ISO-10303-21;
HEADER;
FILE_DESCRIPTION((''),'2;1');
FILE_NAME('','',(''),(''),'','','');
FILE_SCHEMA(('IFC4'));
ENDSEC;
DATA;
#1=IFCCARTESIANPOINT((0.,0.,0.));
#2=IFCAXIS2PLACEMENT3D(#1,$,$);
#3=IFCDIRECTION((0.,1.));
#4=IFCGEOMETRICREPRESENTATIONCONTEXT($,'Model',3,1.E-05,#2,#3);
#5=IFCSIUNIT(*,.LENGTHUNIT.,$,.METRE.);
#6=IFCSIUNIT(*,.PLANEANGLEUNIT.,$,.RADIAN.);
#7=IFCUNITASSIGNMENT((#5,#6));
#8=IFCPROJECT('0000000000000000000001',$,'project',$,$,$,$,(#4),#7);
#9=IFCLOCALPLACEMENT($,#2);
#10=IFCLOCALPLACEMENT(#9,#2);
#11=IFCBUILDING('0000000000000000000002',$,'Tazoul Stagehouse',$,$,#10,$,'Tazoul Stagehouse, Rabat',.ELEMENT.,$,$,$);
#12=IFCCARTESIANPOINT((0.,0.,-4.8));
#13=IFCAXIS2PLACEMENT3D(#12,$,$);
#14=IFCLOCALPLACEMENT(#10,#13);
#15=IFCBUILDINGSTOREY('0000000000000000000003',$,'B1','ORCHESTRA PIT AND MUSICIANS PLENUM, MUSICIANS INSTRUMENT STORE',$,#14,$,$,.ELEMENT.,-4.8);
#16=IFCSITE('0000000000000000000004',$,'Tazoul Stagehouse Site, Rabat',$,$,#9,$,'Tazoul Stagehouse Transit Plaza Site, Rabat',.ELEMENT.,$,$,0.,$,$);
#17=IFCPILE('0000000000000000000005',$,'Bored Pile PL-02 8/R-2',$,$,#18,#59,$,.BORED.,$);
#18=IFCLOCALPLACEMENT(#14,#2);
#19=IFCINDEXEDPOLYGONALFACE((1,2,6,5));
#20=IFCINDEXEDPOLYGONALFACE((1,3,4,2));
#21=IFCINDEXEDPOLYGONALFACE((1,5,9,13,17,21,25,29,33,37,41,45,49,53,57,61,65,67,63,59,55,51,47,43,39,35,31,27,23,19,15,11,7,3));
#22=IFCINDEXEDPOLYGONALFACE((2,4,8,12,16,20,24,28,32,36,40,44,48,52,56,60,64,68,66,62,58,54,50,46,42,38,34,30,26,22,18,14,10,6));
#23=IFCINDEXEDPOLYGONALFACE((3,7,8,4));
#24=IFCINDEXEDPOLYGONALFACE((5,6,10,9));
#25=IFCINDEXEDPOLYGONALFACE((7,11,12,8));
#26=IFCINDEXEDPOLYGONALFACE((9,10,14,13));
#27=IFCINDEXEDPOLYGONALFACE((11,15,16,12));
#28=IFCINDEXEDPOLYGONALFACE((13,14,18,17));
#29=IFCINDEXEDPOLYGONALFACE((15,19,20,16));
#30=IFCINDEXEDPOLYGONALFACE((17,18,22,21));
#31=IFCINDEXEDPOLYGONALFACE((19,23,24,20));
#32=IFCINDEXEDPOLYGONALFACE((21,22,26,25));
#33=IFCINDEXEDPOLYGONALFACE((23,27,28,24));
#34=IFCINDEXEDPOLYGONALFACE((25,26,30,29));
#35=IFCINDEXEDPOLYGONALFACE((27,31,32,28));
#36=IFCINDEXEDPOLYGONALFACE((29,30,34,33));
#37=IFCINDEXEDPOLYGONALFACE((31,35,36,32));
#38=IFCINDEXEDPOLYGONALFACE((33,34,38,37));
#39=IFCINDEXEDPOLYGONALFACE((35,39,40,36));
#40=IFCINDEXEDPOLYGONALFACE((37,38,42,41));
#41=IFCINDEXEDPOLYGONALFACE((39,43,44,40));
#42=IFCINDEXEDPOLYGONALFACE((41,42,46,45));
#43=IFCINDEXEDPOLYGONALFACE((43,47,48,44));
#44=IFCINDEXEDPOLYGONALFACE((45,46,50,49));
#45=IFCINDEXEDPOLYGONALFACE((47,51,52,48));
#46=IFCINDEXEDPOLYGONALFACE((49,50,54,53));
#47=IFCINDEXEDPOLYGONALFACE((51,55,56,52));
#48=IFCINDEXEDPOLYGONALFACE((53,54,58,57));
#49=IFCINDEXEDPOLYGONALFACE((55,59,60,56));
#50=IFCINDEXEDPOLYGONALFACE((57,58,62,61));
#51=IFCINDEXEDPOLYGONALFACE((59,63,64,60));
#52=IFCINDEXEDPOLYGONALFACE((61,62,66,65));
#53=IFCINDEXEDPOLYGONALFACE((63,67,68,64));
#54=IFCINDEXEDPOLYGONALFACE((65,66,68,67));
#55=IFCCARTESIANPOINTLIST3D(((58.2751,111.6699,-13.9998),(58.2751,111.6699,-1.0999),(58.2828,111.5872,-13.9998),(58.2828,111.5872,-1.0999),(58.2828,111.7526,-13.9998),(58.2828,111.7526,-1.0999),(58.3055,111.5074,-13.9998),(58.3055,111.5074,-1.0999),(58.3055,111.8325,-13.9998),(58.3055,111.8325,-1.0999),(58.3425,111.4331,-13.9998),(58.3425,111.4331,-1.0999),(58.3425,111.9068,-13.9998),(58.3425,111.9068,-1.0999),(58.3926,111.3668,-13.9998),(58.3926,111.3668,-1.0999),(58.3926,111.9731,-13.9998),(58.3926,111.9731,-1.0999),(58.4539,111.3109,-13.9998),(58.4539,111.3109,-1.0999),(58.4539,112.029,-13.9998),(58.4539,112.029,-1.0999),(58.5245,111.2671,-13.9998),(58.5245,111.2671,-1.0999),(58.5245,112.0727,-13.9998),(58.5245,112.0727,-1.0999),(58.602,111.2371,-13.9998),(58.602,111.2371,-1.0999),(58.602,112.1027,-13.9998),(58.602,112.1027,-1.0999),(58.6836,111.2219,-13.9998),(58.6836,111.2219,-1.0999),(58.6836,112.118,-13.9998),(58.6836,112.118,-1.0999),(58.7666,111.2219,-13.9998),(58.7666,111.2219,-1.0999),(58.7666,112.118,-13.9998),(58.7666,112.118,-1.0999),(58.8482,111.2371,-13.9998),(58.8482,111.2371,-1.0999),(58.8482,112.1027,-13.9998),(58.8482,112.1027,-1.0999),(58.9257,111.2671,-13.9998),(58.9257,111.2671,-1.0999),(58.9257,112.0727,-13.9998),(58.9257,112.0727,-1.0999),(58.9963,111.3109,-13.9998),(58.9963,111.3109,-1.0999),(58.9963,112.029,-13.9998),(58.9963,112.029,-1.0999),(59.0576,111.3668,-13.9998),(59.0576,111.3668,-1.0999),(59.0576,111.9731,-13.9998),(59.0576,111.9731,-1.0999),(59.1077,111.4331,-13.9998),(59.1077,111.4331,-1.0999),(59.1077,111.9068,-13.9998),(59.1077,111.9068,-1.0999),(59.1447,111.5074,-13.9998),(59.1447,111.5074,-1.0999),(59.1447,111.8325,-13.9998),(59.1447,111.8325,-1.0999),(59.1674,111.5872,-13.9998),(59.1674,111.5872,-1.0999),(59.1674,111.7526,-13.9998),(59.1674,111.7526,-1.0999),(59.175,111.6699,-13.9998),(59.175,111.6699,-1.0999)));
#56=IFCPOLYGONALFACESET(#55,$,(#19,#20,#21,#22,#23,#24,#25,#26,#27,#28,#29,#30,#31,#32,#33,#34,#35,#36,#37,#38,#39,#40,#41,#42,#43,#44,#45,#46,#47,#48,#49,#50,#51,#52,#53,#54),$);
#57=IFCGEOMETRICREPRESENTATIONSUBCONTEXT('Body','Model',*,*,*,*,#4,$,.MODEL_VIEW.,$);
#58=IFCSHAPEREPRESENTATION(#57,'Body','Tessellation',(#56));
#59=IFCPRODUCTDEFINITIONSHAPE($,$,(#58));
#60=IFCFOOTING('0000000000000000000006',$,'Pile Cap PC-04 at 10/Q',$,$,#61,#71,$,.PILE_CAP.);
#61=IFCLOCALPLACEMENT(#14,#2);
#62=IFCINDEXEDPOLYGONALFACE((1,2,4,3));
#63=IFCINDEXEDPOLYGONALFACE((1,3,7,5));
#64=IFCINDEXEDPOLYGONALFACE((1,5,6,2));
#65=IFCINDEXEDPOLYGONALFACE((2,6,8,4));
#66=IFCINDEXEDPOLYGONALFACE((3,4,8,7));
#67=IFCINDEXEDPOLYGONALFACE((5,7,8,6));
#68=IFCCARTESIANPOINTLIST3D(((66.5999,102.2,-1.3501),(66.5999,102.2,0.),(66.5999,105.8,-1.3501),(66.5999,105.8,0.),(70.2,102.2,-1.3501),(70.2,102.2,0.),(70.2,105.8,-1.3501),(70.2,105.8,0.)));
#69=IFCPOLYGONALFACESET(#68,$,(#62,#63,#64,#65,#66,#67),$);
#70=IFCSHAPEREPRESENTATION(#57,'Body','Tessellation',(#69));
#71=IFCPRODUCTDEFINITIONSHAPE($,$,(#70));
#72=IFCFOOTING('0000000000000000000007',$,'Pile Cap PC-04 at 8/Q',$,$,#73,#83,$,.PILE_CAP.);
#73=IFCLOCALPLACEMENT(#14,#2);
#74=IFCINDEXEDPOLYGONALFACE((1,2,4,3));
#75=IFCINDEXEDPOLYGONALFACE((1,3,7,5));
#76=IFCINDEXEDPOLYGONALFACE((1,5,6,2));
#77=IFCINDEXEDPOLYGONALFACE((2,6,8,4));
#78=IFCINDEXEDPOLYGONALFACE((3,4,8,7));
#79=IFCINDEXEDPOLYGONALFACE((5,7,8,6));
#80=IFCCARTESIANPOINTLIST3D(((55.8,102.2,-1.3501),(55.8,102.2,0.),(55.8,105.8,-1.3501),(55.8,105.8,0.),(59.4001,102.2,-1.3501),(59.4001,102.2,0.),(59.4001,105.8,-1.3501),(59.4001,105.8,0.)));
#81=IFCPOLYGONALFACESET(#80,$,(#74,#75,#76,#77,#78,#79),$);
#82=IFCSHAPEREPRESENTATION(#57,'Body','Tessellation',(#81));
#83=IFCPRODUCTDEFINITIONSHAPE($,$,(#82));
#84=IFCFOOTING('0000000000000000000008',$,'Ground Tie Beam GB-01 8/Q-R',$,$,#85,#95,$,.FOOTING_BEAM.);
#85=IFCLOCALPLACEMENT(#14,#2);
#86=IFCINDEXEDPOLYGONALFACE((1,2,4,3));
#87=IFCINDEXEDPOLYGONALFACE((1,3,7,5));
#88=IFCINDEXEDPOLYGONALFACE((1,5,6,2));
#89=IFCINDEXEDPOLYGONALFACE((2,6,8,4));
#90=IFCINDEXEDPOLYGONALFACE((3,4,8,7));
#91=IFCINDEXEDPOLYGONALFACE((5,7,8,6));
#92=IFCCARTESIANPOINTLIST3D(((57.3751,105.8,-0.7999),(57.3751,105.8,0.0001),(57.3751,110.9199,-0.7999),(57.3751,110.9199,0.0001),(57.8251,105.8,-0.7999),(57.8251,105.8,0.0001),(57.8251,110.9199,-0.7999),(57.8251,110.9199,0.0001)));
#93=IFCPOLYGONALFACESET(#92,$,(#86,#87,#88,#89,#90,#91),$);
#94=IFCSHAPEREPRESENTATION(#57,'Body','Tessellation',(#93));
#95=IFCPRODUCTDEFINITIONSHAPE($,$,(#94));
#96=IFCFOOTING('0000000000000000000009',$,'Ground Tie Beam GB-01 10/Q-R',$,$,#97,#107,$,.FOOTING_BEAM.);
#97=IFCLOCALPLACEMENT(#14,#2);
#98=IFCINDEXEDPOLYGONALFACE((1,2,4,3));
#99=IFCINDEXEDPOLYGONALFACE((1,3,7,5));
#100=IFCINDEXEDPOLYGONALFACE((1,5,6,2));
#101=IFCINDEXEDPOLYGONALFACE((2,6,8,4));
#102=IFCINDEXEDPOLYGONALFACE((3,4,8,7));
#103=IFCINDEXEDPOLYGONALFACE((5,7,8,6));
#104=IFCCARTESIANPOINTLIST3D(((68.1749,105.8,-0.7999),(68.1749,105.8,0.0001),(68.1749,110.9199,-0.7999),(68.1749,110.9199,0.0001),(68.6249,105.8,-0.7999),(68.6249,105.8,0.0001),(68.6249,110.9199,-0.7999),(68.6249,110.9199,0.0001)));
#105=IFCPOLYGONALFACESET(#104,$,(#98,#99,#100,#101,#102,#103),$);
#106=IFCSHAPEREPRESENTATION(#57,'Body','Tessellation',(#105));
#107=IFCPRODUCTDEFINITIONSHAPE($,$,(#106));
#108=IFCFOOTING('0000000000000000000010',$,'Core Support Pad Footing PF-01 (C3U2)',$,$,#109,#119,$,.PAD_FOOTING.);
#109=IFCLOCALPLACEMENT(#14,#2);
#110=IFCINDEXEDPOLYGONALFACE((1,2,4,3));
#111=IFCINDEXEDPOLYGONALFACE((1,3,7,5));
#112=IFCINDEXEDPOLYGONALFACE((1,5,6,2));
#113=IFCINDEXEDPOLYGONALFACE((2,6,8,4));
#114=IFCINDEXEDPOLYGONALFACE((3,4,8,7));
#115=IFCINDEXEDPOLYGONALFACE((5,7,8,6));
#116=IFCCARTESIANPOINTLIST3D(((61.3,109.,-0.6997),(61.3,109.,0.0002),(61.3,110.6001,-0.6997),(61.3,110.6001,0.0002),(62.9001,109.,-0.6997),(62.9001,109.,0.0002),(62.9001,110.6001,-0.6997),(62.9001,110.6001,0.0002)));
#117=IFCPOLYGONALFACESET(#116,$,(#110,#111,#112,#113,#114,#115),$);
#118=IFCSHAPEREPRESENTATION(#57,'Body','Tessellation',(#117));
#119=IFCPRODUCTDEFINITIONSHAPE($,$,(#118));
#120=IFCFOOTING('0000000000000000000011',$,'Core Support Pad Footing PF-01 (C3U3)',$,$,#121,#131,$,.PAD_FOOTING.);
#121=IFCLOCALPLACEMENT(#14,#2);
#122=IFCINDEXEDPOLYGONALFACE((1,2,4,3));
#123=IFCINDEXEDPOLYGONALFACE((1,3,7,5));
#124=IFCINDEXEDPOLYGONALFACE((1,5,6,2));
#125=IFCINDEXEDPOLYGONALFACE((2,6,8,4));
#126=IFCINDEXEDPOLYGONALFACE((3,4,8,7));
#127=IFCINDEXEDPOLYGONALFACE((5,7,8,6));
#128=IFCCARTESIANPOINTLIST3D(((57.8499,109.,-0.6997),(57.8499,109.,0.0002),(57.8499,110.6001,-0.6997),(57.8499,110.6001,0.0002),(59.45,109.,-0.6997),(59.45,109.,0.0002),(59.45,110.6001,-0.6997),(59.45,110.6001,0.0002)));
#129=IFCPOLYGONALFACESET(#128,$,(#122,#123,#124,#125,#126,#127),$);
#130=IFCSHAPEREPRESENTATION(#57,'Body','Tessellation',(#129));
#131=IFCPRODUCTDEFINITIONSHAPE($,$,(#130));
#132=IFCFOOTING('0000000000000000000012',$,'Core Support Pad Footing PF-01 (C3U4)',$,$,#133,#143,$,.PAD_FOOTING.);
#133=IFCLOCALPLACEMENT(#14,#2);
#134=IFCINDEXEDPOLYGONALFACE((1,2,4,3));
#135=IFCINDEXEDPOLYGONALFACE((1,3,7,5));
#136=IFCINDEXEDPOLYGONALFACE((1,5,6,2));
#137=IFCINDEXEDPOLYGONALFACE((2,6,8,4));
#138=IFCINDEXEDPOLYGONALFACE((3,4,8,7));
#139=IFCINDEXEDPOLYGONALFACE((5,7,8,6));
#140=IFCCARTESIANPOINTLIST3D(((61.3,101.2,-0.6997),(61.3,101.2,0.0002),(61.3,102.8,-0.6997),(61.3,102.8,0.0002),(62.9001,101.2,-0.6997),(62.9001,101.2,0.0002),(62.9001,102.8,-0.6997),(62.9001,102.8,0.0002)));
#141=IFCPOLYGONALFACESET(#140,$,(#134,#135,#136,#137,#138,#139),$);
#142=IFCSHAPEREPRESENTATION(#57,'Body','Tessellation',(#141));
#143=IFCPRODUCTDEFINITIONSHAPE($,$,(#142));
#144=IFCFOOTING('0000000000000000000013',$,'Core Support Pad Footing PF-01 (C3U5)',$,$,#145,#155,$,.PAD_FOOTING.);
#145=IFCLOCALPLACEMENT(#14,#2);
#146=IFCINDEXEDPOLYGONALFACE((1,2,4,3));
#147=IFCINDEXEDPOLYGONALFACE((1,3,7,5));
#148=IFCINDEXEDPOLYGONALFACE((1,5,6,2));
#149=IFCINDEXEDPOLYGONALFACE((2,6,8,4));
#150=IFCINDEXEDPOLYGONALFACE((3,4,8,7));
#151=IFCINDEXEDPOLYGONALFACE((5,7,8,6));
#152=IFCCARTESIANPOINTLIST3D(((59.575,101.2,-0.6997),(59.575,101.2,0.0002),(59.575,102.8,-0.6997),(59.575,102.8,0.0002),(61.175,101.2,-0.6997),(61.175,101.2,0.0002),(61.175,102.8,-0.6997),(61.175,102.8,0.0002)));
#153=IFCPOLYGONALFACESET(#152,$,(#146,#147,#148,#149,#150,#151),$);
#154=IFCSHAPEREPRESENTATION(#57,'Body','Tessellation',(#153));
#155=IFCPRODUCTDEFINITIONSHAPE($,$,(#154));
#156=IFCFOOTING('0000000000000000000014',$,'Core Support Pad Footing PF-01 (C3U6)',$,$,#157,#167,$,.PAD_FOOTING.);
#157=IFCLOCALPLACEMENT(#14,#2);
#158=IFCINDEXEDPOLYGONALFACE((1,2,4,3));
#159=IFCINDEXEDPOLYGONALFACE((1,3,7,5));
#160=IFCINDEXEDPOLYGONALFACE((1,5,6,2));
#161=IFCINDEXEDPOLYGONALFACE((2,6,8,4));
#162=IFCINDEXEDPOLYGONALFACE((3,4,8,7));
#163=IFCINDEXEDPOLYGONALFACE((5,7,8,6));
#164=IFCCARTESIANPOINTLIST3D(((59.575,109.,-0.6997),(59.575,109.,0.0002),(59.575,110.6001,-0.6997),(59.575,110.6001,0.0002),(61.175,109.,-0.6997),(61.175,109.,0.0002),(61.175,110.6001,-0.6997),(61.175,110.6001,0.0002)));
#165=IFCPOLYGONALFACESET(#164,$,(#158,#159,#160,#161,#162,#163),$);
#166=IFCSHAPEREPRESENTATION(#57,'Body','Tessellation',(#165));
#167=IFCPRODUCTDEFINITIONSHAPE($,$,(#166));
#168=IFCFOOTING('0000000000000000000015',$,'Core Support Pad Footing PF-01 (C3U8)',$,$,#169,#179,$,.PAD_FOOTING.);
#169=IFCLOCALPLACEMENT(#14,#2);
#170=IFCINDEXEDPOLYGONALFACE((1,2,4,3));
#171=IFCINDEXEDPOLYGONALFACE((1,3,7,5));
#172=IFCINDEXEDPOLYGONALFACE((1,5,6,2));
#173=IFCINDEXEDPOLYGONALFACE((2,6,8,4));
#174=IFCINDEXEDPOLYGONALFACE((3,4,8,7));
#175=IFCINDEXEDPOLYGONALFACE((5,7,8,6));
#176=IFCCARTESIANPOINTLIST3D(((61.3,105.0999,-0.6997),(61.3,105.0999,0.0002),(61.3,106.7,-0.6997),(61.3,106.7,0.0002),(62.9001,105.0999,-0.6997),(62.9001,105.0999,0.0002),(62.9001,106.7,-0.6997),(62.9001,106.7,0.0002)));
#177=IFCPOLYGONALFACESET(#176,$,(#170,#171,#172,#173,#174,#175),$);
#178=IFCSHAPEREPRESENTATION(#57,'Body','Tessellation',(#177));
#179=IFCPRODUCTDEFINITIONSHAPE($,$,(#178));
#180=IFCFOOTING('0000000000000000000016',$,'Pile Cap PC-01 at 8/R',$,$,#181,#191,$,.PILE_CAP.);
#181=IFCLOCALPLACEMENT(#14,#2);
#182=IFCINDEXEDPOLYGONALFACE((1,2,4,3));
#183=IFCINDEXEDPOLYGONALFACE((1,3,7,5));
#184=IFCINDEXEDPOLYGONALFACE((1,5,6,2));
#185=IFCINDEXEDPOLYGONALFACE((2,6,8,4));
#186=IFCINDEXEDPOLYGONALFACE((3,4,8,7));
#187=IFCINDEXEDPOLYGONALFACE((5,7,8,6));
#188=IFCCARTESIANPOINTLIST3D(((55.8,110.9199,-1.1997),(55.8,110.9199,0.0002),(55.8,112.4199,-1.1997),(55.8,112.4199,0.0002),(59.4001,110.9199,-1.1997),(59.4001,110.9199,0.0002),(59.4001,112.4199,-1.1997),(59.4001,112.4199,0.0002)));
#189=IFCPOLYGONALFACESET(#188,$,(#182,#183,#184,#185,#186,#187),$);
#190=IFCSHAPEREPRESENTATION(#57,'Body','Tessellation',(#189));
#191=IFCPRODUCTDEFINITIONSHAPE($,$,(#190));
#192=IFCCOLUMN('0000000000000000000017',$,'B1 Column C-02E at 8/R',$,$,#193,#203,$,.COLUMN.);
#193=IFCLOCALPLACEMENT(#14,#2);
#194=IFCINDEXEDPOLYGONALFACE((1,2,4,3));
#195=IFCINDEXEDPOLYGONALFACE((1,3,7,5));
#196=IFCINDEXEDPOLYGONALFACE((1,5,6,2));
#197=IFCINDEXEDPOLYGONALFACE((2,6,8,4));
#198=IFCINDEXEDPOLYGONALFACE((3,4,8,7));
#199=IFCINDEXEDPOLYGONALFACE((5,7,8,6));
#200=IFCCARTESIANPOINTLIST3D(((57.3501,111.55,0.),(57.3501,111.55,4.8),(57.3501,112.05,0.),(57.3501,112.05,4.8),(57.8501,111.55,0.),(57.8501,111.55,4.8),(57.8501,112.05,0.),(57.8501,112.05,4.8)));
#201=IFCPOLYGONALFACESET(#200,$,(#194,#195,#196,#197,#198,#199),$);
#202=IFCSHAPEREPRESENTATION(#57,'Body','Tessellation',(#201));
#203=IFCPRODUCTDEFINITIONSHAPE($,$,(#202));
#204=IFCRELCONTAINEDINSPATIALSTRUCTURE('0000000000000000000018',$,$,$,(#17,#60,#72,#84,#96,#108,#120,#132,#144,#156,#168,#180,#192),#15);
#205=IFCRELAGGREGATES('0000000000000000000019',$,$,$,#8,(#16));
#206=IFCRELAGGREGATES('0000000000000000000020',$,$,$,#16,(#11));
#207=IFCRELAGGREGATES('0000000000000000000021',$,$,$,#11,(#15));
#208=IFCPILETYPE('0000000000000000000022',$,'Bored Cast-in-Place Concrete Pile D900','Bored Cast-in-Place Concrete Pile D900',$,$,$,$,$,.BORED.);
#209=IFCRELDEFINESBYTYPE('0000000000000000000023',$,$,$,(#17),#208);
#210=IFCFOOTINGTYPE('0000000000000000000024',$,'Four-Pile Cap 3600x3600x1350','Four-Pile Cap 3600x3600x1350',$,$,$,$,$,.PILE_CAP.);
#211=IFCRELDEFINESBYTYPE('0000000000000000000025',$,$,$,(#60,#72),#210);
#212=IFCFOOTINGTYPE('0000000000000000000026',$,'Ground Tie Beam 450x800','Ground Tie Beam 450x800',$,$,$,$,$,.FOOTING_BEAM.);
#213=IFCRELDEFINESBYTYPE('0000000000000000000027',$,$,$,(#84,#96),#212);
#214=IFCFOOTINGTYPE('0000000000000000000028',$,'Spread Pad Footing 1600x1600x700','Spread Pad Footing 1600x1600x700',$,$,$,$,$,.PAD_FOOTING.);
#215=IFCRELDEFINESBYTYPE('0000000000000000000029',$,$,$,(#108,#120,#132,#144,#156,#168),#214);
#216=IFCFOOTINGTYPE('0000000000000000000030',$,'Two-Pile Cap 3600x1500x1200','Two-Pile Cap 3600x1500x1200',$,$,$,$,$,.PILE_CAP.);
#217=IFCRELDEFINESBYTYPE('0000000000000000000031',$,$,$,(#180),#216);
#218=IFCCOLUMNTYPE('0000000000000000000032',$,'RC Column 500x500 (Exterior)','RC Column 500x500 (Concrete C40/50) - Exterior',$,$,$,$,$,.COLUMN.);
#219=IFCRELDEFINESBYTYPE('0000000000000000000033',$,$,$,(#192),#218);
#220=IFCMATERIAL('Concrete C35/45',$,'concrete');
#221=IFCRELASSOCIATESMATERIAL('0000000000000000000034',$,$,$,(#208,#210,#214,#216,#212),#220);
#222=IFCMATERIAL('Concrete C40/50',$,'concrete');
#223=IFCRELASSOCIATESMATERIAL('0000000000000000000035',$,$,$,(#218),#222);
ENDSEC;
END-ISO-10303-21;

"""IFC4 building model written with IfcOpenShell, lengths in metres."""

from ifc_helpers import new_model, si_unit, direction, frame, origin, origin_2d, place, context, subcontext, project, spatial, rectangle, circle, extrude, material, material_profile, profile_set, type_object, element, save


model = new_model("IFC4")

# Units and contexts
model_context = context("Model", 3, precision=1e-05, world=origin(), true_north=direction((0.0, 1.0)))
body_context = subcontext(model_context, "Body", "Model", "MODEL_VIEW")
ifc_project = project(units=[si_unit("LENGTHUNIT", "METRE"), si_unit("PLANEANGLEUNIT", "RADIAN")], contexts=[model_context])

# Site, building, storey
site_placement = place(None, origin())
site = spatial("IfcSite", under=ifc_project, at=site_placement, Name="Tazoul Stagehouse Site, Rabat", LongName="Tazoul Stagehouse Transit Plaza Site, Rabat", CompositionType="ELEMENT", RefElevation=0.0)
building_placement = place(site_placement, origin())
building = spatial("IfcBuilding", under=site, at=building_placement, Name="Tazoul Stagehouse", LongName="Tazoul Stagehouse, Rabat", CompositionType="ELEMENT")
storey_placement = place(building_placement, frame((0.0, 0.0, -4.8)))
storey = spatial("IfcBuildingStorey", under=building, at=storey_placement, Name="B1", Description="ORCHESTRA PIT AND MUSICIANS PLENUM, MUSICIANS INSTRUMENT STORE", CompositionType="ELEMENT", Elevation=-4.8)

# Pile
ifc_material_1 = material(Name="Concrete C35/45", Category="concrete")
ifc_material_profile_1 = material_profile(ifc_material_1, circle(Radius=0.45, at=origin_2d()), Name="BORED PILE 900")
ifc_profile_set_1 = profile_set([ifc_material_profile_1], Name="Concrete C35/45")
pile_type = type_object("IfcPileType", Name="Bored Cast-in-Place Concrete Pile D900", Description="Bored Cast-in-Place Concrete Pile D900", PredefinedType="BORED", material=ifc_profile_set_1)
for number, where, z_axis, x_axis, name in (
    (1, (58.7251, 111.6699, -1.0999), (0.0, 0.0, -1.0), (1.0, 0.0, 0.0), "Bored Pile PL-02 8/R-2"),
):
    element("IfcPile", number, at=place(storey_placement, frame(where, z_axis=z_axis, x_axis=x_axis)), inside=storey, type_object=pile_type, Name=name, PredefinedType="BORED", context=body_context, shape_type="SweptSolid", body=[
        extrude(circle(Radius=0.45, at=origin_2d()), origin(), (0.0, 0.0, 1.0), 12.8999),
    ])

# Footings
footing_type_1 = type_object("IfcFootingType", Name="Four-Pile Cap 3600x3600x1350", Description="Four-Pile Cap 3600x3600x1350", PredefinedType="PILE_CAP", material=ifc_material_1)
for number, where, z_axis, x_axis, name in (
    (2, (68.3999, 104.0, -1.3501), (0.0, 0.0, 1.0), (1.0, 0.0, 0.0), "Pile Cap PC-04 at 10/Q"),
    (3, (57.6001, 104.0, -1.3501), (0.0, 0.0, 1.0), (1.0, 0.0, 0.0), "Pile Cap PC-04 at 8/Q"),
):
    element("IfcFooting", number, at=place(storey_placement, frame(where, z_axis=z_axis, x_axis=x_axis)), inside=storey, type_object=footing_type_1, Name=name, PredefinedType="PILE_CAP", context=body_context, shape_type="SweptSolid", body=[
        extrude(rectangle(XDim=3.6001, YDim=3.6001, at=origin_2d()), origin(), (0.0, 0.0, 1.0), 1.3501),
    ])
ifc_material_profile_2 = material_profile(ifc_material_1, rectangle(XDim=0.45, YDim=0.8, at=origin_2d()), Name="RC 450x800")
ifc_profile_set_2 = profile_set([ifc_material_profile_2], Name="Concrete C35/45")
footing_type_2 = type_object("IfcFootingType", Name="Ground Tie Beam 450x800", Description="Ground Tie Beam 450x800", PredefinedType="FOOTING_BEAM", material=ifc_profile_set_2)
for number, where, z_axis, x_axis, name in (
    (4, (57.6001, 105.8, -0.3999), (0.0, 1.0, 0.0), (-1.0, 0.0, 0.0), "Ground Tie Beam GB-01 8/Q-R"),
    (5, (68.3999, 105.8, -0.3999), (0.0, 1.0, 0.0), (-1.0, 0.0, 0.0), "Ground Tie Beam GB-01 10/Q-R"),
):
    element("IfcFooting", number, at=place(storey_placement, frame(where, z_axis=z_axis, x_axis=x_axis)), inside=storey, type_object=footing_type_2, Name=name, PredefinedType="FOOTING_BEAM", context=body_context, shape_type="SweptSolid", body=[
        extrude(rectangle(XDim=0.45, YDim=0.8, at=origin_2d()), origin(), (0.0, 0.0, 1.0), 5.1199),
    ])
footing_type_3 = type_object("IfcFootingType", Name="Spread Pad Footing 1600x1600x700", Description="Spread Pad Footing 1600x1600x700", PredefinedType="PAD_FOOTING", material=ifc_material_1)
for number, where, z_axis, x_axis, name in (
    (6, (62.1001, 109.8, -0.6997), (0.0, 0.0, 1.0), (1.0, 0.0, 0.0), "Core Support Pad Footing PF-01 (C3U2)"),
    (7, (58.6499, 109.8, -0.6997), (0.0, 0.0, 1.0), (1.0, 0.0, 0.0), "Core Support Pad Footing PF-01 (C3U3)"),
    (8, (62.1001, 102.0, -0.6997), (0.0, 0.0, 1.0), (1.0, 0.0, 0.0), "Core Support Pad Footing PF-01 (C3U4)"),
    (9, (60.375, 102.0, -0.6997), (0.0, 0.0, 1.0), (1.0, 0.0, 0.0), "Core Support Pad Footing PF-01 (C3U5)"),
    (10, (60.375, 109.8, -0.6997), (0.0, 0.0, 1.0), (1.0, 0.0, 0.0), "Core Support Pad Footing PF-01 (C3U6)"),
    (11, (62.1001, 105.8999, -0.6997), (0.0, 0.0, 1.0), (1.0, 0.0, 0.0), "Core Support Pad Footing PF-01 (C3U8)"),
):
    element("IfcFooting", number, at=place(storey_placement, frame(where, z_axis=z_axis, x_axis=x_axis)), inside=storey, type_object=footing_type_3, Name=name, PredefinedType="PAD_FOOTING", context=body_context, shape_type="SweptSolid", body=[
        extrude(rectangle(XDim=1.6001, YDim=1.6001, at=origin_2d()), origin(), (0.0, 0.0, 1.0), 0.7),
    ])
footing_type_4 = type_object("IfcFootingType", Name="Two-Pile Cap 3600x1500x1200", Description="Two-Pile Cap 3600x1500x1200", PredefinedType="PILE_CAP", material=ifc_material_1)
footing_placement = place(storey_placement, frame((57.6001, 111.6699, -1.1997), z_axis=(0.0, 0.0, 1.0), x_axis=(1.0, 0.0, 0.0)))
element("IfcFooting", 12, at=footing_placement, inside=storey, type_object=footing_type_4, Name="Pile Cap PC-01 at 8/R", PredefinedType="PILE_CAP", context=body_context, shape_type="SweptSolid", body=[
    extrude(rectangle(XDim=3.6001, YDim=1.5, at=origin_2d()), origin(), (0.0, 0.0, 1.0), 1.2),
])

# Column
ifc_material_2 = material(Name="Concrete C40/50", Category="concrete")
ifc_material_profile_3 = material_profile(ifc_material_2, rectangle(XDim=0.5, YDim=0.5, at=origin_2d()), Name="RC 500x500")
ifc_profile_set_3 = profile_set([ifc_material_profile_3], Name="Concrete C40/50")
column_type_1 = type_object("IfcColumnType", Name="RC Column 500x500 (Exterior)", Description="RC Column 500x500 (Concrete C40/50) - Exterior", PredefinedType="COLUMN", material=ifc_profile_set_3)
column_1_placement = place(storey_placement, frame((57.6001, 111.8, 0.0), z_axis=(0.0, 0.0, 1.0), x_axis=(1.0, 0.0, 0.0)))
element("IfcColumn", 13, at=column_1_placement, inside=storey, type_object=column_type_1, Name="B1 Column C-02E at 8/R", PredefinedType="COLUMN", context=body_context, shape_type="SweptSolid", body=[
    extrude(rectangle(XDim=0.5, YDim=0.5, at=origin_2d()), origin(), (0.0, 0.0, 1.0), 4.8),
])

save(model, "model.ifc")
